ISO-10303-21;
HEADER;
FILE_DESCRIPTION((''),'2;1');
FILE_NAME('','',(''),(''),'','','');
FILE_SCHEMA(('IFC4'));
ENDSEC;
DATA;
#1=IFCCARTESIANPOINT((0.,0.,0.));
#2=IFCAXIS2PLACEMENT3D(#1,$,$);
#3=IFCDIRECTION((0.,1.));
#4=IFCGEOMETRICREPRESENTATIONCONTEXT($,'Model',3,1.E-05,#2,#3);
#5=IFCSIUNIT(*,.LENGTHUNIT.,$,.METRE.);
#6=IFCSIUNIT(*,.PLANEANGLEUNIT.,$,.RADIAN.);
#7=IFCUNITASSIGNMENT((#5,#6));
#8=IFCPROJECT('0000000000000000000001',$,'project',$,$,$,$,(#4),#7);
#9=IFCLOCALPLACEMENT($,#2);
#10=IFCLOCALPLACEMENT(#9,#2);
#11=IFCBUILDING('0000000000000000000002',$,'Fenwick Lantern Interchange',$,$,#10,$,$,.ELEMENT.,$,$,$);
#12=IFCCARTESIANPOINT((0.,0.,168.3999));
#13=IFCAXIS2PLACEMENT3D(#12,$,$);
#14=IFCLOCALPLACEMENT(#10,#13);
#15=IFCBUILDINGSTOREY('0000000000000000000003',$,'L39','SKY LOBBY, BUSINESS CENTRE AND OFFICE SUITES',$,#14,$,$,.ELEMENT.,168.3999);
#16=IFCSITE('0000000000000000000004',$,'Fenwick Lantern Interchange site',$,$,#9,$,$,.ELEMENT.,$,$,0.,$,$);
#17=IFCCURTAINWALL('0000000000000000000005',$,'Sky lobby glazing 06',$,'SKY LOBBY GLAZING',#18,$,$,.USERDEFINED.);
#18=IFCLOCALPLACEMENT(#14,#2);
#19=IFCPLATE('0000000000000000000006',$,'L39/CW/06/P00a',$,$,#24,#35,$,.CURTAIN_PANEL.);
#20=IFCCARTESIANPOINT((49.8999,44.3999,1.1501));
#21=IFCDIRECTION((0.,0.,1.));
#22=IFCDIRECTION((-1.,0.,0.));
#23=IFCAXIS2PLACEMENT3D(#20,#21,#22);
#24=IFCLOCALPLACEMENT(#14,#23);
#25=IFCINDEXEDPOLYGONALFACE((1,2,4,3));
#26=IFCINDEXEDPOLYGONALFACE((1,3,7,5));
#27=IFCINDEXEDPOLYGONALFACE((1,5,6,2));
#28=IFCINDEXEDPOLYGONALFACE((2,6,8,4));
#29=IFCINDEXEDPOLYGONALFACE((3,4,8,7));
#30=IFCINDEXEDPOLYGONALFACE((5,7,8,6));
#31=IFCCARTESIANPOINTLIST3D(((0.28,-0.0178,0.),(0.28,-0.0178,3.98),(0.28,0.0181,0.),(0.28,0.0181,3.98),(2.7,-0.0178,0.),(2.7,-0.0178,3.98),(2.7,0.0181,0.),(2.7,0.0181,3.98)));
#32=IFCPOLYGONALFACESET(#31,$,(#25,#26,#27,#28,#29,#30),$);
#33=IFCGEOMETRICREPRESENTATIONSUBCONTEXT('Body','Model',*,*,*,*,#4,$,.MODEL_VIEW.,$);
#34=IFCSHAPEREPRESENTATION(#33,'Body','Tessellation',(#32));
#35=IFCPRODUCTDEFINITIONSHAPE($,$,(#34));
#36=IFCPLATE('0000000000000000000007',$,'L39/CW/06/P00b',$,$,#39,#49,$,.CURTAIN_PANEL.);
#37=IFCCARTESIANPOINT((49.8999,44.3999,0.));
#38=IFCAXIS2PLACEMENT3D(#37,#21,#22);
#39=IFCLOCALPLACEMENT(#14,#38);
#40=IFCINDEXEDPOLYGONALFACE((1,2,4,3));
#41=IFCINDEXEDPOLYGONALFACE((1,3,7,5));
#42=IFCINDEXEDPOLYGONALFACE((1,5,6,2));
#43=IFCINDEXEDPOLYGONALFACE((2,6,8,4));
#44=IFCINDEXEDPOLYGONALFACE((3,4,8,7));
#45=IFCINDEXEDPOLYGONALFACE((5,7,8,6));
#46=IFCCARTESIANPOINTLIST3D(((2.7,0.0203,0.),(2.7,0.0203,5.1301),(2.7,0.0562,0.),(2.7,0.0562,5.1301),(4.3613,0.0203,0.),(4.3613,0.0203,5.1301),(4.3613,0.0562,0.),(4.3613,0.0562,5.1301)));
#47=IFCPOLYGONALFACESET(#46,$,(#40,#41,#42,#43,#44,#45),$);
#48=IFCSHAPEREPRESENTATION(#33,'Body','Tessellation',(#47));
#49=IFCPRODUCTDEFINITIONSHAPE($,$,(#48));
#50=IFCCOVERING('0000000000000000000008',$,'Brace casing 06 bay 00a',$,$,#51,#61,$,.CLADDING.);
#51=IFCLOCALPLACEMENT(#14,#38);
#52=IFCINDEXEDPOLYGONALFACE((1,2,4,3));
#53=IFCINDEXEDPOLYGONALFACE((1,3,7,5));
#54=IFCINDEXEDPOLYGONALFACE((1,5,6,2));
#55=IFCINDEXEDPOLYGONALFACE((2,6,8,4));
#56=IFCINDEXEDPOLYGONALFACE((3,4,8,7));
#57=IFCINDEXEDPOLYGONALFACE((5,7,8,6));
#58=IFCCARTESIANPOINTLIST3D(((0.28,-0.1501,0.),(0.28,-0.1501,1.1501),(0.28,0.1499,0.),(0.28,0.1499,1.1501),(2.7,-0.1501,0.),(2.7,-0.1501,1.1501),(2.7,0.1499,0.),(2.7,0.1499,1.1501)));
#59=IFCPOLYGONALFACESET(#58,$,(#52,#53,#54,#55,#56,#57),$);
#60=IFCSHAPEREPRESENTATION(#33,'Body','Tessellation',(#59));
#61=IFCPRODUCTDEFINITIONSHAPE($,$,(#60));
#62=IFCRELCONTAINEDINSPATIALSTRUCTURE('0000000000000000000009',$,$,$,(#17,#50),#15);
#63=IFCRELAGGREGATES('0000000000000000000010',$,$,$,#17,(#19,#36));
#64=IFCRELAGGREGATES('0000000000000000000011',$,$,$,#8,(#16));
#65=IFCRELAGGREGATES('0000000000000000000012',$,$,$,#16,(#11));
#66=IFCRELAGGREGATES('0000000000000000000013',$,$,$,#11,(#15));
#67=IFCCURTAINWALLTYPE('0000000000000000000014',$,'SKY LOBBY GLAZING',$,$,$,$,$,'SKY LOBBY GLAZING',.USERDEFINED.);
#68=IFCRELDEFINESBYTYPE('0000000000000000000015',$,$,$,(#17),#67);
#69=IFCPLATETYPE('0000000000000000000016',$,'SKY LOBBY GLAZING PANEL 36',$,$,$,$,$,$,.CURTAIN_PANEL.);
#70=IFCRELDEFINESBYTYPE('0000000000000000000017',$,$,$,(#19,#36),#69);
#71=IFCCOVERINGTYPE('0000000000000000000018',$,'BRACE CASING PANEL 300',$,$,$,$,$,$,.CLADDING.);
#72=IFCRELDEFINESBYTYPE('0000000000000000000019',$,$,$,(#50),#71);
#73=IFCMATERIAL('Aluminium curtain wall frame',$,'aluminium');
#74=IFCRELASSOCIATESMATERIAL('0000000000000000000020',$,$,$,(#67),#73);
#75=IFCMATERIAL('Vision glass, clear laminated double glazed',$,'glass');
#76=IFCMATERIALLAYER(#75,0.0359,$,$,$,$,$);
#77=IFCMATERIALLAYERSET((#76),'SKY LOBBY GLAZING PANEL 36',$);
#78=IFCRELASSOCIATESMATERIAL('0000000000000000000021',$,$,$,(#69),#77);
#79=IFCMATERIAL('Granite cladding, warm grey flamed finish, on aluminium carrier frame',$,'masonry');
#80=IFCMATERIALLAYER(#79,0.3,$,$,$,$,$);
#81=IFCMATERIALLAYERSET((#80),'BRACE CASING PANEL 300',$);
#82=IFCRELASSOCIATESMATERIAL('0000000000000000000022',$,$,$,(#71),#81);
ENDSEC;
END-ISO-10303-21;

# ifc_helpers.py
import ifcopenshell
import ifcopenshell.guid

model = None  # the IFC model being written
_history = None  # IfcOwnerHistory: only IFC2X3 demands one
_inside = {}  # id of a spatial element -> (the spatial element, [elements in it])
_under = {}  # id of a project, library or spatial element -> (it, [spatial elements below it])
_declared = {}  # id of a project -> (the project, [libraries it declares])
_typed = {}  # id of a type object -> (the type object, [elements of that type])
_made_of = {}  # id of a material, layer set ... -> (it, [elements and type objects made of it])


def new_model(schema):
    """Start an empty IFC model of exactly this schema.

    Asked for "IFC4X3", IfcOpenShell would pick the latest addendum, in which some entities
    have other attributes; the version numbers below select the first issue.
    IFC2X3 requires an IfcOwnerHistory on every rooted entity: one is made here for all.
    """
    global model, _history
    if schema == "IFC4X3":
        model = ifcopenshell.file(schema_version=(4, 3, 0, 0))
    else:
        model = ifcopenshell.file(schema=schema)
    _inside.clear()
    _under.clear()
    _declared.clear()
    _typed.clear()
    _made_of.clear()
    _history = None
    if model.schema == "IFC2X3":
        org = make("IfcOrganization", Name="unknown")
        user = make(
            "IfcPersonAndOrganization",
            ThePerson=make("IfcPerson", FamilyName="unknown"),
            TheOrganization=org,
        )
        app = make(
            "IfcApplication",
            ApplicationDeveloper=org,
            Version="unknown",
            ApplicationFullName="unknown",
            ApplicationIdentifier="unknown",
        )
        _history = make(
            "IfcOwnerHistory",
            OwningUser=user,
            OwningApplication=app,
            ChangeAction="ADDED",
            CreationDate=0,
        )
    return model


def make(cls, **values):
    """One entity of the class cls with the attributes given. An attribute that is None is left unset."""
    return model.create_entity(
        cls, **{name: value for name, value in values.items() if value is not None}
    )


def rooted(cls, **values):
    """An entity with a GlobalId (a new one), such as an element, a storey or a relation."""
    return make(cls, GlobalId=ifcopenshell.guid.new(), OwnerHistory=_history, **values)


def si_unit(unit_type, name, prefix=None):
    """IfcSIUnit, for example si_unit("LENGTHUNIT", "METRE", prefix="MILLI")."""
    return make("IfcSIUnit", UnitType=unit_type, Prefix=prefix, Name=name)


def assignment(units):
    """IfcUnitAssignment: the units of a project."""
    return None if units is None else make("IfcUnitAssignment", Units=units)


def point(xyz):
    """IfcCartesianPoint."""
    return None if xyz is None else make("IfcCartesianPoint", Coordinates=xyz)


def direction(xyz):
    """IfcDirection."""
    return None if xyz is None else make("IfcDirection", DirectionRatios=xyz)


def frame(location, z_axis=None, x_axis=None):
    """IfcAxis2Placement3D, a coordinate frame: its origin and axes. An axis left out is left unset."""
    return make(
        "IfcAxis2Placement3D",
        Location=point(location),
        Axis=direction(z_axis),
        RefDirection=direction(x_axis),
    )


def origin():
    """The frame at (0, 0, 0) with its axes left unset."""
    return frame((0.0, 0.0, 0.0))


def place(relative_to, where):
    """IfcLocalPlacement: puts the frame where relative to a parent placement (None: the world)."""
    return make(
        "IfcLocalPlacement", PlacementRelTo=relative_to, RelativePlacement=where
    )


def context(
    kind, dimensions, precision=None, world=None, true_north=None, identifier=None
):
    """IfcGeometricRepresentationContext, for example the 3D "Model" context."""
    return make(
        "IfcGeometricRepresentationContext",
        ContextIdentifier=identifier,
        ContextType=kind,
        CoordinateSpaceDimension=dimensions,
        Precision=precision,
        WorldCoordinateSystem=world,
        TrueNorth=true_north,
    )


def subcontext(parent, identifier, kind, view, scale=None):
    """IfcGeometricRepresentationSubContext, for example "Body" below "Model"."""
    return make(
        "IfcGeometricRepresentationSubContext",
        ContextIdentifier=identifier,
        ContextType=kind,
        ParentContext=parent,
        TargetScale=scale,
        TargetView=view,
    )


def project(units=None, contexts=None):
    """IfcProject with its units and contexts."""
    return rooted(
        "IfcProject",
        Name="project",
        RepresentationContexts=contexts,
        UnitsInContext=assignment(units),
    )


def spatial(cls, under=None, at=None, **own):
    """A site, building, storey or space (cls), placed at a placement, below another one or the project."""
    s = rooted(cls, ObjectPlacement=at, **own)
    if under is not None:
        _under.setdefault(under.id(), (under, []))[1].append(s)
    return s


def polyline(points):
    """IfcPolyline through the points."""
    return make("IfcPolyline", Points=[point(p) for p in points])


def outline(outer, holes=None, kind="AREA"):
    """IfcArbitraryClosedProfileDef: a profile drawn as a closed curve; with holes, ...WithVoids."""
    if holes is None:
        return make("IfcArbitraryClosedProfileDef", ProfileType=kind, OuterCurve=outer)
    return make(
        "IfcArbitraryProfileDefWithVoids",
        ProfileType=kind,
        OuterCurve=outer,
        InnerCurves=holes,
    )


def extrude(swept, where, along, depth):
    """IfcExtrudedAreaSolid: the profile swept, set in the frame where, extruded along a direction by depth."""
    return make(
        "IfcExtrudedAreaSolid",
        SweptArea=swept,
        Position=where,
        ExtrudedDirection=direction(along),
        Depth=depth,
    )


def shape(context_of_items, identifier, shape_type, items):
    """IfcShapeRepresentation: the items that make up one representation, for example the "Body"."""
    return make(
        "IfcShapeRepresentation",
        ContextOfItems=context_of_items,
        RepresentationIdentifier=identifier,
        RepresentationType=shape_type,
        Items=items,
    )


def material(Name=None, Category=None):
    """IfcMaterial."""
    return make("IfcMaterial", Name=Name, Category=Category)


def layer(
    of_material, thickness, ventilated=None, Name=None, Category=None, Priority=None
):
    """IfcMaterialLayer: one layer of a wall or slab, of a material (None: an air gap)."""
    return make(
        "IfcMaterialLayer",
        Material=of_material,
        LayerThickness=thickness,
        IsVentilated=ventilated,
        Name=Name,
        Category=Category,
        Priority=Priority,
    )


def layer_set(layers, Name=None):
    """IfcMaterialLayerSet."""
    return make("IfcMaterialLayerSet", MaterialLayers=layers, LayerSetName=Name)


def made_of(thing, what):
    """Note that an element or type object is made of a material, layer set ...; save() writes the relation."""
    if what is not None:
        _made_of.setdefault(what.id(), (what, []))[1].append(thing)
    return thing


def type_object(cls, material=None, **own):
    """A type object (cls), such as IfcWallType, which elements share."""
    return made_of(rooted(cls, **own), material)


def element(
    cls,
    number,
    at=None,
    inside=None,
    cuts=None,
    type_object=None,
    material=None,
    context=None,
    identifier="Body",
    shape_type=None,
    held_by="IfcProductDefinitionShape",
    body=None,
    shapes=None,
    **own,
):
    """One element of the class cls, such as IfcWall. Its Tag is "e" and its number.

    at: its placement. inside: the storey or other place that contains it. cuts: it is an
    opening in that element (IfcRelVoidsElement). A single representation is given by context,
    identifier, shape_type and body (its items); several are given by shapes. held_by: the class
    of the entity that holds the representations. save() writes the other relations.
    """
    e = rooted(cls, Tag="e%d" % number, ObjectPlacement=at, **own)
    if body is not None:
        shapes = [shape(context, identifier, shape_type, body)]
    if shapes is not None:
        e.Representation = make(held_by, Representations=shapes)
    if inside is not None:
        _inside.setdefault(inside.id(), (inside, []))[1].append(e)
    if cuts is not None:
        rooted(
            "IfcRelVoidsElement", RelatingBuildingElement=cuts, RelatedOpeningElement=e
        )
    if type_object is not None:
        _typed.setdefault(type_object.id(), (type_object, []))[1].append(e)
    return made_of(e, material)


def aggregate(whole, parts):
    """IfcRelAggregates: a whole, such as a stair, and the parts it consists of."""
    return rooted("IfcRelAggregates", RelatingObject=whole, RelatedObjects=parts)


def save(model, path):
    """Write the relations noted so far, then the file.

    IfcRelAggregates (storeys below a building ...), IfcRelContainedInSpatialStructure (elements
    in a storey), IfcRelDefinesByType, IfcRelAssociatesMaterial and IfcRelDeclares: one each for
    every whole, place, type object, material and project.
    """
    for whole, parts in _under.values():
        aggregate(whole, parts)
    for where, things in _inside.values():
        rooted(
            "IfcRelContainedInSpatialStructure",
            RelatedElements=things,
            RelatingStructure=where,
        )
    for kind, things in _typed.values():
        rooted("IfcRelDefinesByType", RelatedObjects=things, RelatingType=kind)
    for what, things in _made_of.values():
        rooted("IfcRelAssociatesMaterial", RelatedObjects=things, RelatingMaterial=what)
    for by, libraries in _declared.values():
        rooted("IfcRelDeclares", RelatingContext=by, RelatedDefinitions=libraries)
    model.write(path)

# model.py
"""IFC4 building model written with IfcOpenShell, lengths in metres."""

from ifc_helpers import new_model, si_unit, direction, frame, origin, place, context, subcontext, project, spatial, polyline, outline, extrude, material, layer, layer_set, type_object, element, aggregate, save


model = new_model("IFC4")

# Units and contexts
model_context = context("Model", 3, precision=1e-05, world=origin(), true_north=direction((0.0, 1.0)))
body_context = subcontext(model_context, "Body", "Model", "MODEL_VIEW")
ifc_project = project(units=[si_unit("LENGTHUNIT", "METRE"), si_unit("PLANEANGLEUNIT", "RADIAN")], contexts=[model_context])

# Site, building, storey
site_placement = place(None, origin())
site = spatial("IfcSite", under=ifc_project, at=site_placement, Name="Fenwick Lantern Interchange site", CompositionType="ELEMENT", RefElevation=0.0)
building_placement = place(site_placement, origin())
building = spatial("IfcBuilding", under=site, at=building_placement, Name="Fenwick Lantern Interchange", CompositionType="ELEMENT")
storey_placement = place(building_placement, frame((0.0, 0.0, 168.3999)))
storey = spatial("IfcBuildingStorey", under=building, at=storey_placement, Name="L39", Description="SKY LOBBY, BUSINESS CENTRE AND OFFICE SUITES", CompositionType="ELEMENT", Elevation=168.3999)

# Curtain wall
ifc_material_1 = material(Name="Aluminium curtain wall frame", Category="aluminium")
curtain_wall_type = type_object("IfcCurtainWallType", Name="SKY LOBBY GLAZING", ElementType="SKY LOBBY GLAZING", PredefinedType="USERDEFINED", material=ifc_material_1)
curtain_wall_1_placement = place(storey_placement, origin())
curtain_wall_1 = element("IfcCurtainWall", 1, at=curtain_wall_1_placement, inside=storey, type_object=curtain_wall_type, Name="Sky lobby glazing 06", ObjectType="SKY LOBBY GLAZING", PredefinedType="USERDEFINED")

# Plates
ifc_material_2 = material(Name="Vision glass, clear laminated double glazed", Category="glass")
ifc_layer_1 = layer(ifc_material_2, 0.0359)
ifc_layer_set_1 = layer_set([ifc_layer_1], Name="SKY LOBBY GLAZING PANEL 36")
plate_type = type_object("IfcPlateType", Name="SKY LOBBY GLAZING PANEL 36", PredefinedType="CURTAIN_PANEL", material=ifc_layer_set_1)
plate_1_placement = place(storey_placement, frame((49.8999, 44.3999, 1.1501), z_axis=(0.0, 0.0, 1.0), x_axis=(-1.0, 0.0, 0.0)))
plate_1 = element("IfcPlate", 2, at=plate_1_placement, type_object=plate_type, Name="L39/CW/06/P00a", PredefinedType="CURTAIN_PANEL", context=body_context, shape_type="SweptSolid", body=[
    extrude(outline(polyline([(0.28, 0.0), (2.7, 0.0), (2.7, 3.98), (0.28, 3.98), (0.28, 0.0)])), frame((0.0, 0.0181, 0.0), z_axis=(0.0, -1.0, 0.0), x_axis=(1.0, 0.0, 0.0)), (0.0, 0.0, 1.0), 0.0359),
])
plate_2_placement = place(storey_placement, frame((49.8999, 44.3999, 0.0), z_axis=(0.0, 0.0, 1.0), x_axis=(-1.0, 0.0, 0.0)))
plate_2 = element("IfcPlate", 3, at=plate_2_placement, type_object=plate_type, Name="L39/CW/06/P00b", PredefinedType="CURTAIN_PANEL", context=body_context, shape_type="SweptSolid", body=[
    extrude(outline(polyline([(2.7, 0.0), (4.3613, 0.0), (4.3613, 5.1301), (2.7, 5.1301), (2.7, 0.0)])), frame((0.0, 0.0562, 0.0), z_axis=(0.0, -1.0, 0.0), x_axis=(1.0, 0.0, 0.0)), (0.0, 0.0, 1.0), 0.0359),
])
aggregate(curtain_wall_1, [plate_1, plate_2])

# Covering
ifc_material_3 = material(Name="Granite cladding, warm grey flamed finish, on aluminium carrier frame", Category="masonry")
ifc_layer_2 = layer(ifc_material_3, 0.3)
ifc_layer_set_2 = layer_set([ifc_layer_2], Name="BRACE CASING PANEL 300")
covering_type = type_object("IfcCoveringType", Name="BRACE CASING PANEL 300", PredefinedType="CLADDING", material=ifc_layer_set_2)
covering_placement = place(storey_placement, frame((49.8999, 44.3999, 0.0), z_axis=(0.0, 0.0, 1.0), x_axis=(-1.0, 0.0, 0.0)))
element("IfcCovering", 4, at=covering_placement, inside=storey, type_object=covering_type, Name="Brace casing 06 bay 00a", PredefinedType="CLADDING", context=body_context, shape_type="SweptSolid", body=[
    extrude(outline(polyline([(0.28, 0.0), (2.7, 0.0), (2.7, 1.1501), (0.28, 1.1501), (0.28, 0.0)])), frame((0.0, 0.1499, 0.0), z_axis=(0.0, -1.0, 0.0), x_axis=(1.0, 0.0, 0.0)), (0.0, 0.0, 1.0), 0.3),
])

save(model, "model.ifc")
